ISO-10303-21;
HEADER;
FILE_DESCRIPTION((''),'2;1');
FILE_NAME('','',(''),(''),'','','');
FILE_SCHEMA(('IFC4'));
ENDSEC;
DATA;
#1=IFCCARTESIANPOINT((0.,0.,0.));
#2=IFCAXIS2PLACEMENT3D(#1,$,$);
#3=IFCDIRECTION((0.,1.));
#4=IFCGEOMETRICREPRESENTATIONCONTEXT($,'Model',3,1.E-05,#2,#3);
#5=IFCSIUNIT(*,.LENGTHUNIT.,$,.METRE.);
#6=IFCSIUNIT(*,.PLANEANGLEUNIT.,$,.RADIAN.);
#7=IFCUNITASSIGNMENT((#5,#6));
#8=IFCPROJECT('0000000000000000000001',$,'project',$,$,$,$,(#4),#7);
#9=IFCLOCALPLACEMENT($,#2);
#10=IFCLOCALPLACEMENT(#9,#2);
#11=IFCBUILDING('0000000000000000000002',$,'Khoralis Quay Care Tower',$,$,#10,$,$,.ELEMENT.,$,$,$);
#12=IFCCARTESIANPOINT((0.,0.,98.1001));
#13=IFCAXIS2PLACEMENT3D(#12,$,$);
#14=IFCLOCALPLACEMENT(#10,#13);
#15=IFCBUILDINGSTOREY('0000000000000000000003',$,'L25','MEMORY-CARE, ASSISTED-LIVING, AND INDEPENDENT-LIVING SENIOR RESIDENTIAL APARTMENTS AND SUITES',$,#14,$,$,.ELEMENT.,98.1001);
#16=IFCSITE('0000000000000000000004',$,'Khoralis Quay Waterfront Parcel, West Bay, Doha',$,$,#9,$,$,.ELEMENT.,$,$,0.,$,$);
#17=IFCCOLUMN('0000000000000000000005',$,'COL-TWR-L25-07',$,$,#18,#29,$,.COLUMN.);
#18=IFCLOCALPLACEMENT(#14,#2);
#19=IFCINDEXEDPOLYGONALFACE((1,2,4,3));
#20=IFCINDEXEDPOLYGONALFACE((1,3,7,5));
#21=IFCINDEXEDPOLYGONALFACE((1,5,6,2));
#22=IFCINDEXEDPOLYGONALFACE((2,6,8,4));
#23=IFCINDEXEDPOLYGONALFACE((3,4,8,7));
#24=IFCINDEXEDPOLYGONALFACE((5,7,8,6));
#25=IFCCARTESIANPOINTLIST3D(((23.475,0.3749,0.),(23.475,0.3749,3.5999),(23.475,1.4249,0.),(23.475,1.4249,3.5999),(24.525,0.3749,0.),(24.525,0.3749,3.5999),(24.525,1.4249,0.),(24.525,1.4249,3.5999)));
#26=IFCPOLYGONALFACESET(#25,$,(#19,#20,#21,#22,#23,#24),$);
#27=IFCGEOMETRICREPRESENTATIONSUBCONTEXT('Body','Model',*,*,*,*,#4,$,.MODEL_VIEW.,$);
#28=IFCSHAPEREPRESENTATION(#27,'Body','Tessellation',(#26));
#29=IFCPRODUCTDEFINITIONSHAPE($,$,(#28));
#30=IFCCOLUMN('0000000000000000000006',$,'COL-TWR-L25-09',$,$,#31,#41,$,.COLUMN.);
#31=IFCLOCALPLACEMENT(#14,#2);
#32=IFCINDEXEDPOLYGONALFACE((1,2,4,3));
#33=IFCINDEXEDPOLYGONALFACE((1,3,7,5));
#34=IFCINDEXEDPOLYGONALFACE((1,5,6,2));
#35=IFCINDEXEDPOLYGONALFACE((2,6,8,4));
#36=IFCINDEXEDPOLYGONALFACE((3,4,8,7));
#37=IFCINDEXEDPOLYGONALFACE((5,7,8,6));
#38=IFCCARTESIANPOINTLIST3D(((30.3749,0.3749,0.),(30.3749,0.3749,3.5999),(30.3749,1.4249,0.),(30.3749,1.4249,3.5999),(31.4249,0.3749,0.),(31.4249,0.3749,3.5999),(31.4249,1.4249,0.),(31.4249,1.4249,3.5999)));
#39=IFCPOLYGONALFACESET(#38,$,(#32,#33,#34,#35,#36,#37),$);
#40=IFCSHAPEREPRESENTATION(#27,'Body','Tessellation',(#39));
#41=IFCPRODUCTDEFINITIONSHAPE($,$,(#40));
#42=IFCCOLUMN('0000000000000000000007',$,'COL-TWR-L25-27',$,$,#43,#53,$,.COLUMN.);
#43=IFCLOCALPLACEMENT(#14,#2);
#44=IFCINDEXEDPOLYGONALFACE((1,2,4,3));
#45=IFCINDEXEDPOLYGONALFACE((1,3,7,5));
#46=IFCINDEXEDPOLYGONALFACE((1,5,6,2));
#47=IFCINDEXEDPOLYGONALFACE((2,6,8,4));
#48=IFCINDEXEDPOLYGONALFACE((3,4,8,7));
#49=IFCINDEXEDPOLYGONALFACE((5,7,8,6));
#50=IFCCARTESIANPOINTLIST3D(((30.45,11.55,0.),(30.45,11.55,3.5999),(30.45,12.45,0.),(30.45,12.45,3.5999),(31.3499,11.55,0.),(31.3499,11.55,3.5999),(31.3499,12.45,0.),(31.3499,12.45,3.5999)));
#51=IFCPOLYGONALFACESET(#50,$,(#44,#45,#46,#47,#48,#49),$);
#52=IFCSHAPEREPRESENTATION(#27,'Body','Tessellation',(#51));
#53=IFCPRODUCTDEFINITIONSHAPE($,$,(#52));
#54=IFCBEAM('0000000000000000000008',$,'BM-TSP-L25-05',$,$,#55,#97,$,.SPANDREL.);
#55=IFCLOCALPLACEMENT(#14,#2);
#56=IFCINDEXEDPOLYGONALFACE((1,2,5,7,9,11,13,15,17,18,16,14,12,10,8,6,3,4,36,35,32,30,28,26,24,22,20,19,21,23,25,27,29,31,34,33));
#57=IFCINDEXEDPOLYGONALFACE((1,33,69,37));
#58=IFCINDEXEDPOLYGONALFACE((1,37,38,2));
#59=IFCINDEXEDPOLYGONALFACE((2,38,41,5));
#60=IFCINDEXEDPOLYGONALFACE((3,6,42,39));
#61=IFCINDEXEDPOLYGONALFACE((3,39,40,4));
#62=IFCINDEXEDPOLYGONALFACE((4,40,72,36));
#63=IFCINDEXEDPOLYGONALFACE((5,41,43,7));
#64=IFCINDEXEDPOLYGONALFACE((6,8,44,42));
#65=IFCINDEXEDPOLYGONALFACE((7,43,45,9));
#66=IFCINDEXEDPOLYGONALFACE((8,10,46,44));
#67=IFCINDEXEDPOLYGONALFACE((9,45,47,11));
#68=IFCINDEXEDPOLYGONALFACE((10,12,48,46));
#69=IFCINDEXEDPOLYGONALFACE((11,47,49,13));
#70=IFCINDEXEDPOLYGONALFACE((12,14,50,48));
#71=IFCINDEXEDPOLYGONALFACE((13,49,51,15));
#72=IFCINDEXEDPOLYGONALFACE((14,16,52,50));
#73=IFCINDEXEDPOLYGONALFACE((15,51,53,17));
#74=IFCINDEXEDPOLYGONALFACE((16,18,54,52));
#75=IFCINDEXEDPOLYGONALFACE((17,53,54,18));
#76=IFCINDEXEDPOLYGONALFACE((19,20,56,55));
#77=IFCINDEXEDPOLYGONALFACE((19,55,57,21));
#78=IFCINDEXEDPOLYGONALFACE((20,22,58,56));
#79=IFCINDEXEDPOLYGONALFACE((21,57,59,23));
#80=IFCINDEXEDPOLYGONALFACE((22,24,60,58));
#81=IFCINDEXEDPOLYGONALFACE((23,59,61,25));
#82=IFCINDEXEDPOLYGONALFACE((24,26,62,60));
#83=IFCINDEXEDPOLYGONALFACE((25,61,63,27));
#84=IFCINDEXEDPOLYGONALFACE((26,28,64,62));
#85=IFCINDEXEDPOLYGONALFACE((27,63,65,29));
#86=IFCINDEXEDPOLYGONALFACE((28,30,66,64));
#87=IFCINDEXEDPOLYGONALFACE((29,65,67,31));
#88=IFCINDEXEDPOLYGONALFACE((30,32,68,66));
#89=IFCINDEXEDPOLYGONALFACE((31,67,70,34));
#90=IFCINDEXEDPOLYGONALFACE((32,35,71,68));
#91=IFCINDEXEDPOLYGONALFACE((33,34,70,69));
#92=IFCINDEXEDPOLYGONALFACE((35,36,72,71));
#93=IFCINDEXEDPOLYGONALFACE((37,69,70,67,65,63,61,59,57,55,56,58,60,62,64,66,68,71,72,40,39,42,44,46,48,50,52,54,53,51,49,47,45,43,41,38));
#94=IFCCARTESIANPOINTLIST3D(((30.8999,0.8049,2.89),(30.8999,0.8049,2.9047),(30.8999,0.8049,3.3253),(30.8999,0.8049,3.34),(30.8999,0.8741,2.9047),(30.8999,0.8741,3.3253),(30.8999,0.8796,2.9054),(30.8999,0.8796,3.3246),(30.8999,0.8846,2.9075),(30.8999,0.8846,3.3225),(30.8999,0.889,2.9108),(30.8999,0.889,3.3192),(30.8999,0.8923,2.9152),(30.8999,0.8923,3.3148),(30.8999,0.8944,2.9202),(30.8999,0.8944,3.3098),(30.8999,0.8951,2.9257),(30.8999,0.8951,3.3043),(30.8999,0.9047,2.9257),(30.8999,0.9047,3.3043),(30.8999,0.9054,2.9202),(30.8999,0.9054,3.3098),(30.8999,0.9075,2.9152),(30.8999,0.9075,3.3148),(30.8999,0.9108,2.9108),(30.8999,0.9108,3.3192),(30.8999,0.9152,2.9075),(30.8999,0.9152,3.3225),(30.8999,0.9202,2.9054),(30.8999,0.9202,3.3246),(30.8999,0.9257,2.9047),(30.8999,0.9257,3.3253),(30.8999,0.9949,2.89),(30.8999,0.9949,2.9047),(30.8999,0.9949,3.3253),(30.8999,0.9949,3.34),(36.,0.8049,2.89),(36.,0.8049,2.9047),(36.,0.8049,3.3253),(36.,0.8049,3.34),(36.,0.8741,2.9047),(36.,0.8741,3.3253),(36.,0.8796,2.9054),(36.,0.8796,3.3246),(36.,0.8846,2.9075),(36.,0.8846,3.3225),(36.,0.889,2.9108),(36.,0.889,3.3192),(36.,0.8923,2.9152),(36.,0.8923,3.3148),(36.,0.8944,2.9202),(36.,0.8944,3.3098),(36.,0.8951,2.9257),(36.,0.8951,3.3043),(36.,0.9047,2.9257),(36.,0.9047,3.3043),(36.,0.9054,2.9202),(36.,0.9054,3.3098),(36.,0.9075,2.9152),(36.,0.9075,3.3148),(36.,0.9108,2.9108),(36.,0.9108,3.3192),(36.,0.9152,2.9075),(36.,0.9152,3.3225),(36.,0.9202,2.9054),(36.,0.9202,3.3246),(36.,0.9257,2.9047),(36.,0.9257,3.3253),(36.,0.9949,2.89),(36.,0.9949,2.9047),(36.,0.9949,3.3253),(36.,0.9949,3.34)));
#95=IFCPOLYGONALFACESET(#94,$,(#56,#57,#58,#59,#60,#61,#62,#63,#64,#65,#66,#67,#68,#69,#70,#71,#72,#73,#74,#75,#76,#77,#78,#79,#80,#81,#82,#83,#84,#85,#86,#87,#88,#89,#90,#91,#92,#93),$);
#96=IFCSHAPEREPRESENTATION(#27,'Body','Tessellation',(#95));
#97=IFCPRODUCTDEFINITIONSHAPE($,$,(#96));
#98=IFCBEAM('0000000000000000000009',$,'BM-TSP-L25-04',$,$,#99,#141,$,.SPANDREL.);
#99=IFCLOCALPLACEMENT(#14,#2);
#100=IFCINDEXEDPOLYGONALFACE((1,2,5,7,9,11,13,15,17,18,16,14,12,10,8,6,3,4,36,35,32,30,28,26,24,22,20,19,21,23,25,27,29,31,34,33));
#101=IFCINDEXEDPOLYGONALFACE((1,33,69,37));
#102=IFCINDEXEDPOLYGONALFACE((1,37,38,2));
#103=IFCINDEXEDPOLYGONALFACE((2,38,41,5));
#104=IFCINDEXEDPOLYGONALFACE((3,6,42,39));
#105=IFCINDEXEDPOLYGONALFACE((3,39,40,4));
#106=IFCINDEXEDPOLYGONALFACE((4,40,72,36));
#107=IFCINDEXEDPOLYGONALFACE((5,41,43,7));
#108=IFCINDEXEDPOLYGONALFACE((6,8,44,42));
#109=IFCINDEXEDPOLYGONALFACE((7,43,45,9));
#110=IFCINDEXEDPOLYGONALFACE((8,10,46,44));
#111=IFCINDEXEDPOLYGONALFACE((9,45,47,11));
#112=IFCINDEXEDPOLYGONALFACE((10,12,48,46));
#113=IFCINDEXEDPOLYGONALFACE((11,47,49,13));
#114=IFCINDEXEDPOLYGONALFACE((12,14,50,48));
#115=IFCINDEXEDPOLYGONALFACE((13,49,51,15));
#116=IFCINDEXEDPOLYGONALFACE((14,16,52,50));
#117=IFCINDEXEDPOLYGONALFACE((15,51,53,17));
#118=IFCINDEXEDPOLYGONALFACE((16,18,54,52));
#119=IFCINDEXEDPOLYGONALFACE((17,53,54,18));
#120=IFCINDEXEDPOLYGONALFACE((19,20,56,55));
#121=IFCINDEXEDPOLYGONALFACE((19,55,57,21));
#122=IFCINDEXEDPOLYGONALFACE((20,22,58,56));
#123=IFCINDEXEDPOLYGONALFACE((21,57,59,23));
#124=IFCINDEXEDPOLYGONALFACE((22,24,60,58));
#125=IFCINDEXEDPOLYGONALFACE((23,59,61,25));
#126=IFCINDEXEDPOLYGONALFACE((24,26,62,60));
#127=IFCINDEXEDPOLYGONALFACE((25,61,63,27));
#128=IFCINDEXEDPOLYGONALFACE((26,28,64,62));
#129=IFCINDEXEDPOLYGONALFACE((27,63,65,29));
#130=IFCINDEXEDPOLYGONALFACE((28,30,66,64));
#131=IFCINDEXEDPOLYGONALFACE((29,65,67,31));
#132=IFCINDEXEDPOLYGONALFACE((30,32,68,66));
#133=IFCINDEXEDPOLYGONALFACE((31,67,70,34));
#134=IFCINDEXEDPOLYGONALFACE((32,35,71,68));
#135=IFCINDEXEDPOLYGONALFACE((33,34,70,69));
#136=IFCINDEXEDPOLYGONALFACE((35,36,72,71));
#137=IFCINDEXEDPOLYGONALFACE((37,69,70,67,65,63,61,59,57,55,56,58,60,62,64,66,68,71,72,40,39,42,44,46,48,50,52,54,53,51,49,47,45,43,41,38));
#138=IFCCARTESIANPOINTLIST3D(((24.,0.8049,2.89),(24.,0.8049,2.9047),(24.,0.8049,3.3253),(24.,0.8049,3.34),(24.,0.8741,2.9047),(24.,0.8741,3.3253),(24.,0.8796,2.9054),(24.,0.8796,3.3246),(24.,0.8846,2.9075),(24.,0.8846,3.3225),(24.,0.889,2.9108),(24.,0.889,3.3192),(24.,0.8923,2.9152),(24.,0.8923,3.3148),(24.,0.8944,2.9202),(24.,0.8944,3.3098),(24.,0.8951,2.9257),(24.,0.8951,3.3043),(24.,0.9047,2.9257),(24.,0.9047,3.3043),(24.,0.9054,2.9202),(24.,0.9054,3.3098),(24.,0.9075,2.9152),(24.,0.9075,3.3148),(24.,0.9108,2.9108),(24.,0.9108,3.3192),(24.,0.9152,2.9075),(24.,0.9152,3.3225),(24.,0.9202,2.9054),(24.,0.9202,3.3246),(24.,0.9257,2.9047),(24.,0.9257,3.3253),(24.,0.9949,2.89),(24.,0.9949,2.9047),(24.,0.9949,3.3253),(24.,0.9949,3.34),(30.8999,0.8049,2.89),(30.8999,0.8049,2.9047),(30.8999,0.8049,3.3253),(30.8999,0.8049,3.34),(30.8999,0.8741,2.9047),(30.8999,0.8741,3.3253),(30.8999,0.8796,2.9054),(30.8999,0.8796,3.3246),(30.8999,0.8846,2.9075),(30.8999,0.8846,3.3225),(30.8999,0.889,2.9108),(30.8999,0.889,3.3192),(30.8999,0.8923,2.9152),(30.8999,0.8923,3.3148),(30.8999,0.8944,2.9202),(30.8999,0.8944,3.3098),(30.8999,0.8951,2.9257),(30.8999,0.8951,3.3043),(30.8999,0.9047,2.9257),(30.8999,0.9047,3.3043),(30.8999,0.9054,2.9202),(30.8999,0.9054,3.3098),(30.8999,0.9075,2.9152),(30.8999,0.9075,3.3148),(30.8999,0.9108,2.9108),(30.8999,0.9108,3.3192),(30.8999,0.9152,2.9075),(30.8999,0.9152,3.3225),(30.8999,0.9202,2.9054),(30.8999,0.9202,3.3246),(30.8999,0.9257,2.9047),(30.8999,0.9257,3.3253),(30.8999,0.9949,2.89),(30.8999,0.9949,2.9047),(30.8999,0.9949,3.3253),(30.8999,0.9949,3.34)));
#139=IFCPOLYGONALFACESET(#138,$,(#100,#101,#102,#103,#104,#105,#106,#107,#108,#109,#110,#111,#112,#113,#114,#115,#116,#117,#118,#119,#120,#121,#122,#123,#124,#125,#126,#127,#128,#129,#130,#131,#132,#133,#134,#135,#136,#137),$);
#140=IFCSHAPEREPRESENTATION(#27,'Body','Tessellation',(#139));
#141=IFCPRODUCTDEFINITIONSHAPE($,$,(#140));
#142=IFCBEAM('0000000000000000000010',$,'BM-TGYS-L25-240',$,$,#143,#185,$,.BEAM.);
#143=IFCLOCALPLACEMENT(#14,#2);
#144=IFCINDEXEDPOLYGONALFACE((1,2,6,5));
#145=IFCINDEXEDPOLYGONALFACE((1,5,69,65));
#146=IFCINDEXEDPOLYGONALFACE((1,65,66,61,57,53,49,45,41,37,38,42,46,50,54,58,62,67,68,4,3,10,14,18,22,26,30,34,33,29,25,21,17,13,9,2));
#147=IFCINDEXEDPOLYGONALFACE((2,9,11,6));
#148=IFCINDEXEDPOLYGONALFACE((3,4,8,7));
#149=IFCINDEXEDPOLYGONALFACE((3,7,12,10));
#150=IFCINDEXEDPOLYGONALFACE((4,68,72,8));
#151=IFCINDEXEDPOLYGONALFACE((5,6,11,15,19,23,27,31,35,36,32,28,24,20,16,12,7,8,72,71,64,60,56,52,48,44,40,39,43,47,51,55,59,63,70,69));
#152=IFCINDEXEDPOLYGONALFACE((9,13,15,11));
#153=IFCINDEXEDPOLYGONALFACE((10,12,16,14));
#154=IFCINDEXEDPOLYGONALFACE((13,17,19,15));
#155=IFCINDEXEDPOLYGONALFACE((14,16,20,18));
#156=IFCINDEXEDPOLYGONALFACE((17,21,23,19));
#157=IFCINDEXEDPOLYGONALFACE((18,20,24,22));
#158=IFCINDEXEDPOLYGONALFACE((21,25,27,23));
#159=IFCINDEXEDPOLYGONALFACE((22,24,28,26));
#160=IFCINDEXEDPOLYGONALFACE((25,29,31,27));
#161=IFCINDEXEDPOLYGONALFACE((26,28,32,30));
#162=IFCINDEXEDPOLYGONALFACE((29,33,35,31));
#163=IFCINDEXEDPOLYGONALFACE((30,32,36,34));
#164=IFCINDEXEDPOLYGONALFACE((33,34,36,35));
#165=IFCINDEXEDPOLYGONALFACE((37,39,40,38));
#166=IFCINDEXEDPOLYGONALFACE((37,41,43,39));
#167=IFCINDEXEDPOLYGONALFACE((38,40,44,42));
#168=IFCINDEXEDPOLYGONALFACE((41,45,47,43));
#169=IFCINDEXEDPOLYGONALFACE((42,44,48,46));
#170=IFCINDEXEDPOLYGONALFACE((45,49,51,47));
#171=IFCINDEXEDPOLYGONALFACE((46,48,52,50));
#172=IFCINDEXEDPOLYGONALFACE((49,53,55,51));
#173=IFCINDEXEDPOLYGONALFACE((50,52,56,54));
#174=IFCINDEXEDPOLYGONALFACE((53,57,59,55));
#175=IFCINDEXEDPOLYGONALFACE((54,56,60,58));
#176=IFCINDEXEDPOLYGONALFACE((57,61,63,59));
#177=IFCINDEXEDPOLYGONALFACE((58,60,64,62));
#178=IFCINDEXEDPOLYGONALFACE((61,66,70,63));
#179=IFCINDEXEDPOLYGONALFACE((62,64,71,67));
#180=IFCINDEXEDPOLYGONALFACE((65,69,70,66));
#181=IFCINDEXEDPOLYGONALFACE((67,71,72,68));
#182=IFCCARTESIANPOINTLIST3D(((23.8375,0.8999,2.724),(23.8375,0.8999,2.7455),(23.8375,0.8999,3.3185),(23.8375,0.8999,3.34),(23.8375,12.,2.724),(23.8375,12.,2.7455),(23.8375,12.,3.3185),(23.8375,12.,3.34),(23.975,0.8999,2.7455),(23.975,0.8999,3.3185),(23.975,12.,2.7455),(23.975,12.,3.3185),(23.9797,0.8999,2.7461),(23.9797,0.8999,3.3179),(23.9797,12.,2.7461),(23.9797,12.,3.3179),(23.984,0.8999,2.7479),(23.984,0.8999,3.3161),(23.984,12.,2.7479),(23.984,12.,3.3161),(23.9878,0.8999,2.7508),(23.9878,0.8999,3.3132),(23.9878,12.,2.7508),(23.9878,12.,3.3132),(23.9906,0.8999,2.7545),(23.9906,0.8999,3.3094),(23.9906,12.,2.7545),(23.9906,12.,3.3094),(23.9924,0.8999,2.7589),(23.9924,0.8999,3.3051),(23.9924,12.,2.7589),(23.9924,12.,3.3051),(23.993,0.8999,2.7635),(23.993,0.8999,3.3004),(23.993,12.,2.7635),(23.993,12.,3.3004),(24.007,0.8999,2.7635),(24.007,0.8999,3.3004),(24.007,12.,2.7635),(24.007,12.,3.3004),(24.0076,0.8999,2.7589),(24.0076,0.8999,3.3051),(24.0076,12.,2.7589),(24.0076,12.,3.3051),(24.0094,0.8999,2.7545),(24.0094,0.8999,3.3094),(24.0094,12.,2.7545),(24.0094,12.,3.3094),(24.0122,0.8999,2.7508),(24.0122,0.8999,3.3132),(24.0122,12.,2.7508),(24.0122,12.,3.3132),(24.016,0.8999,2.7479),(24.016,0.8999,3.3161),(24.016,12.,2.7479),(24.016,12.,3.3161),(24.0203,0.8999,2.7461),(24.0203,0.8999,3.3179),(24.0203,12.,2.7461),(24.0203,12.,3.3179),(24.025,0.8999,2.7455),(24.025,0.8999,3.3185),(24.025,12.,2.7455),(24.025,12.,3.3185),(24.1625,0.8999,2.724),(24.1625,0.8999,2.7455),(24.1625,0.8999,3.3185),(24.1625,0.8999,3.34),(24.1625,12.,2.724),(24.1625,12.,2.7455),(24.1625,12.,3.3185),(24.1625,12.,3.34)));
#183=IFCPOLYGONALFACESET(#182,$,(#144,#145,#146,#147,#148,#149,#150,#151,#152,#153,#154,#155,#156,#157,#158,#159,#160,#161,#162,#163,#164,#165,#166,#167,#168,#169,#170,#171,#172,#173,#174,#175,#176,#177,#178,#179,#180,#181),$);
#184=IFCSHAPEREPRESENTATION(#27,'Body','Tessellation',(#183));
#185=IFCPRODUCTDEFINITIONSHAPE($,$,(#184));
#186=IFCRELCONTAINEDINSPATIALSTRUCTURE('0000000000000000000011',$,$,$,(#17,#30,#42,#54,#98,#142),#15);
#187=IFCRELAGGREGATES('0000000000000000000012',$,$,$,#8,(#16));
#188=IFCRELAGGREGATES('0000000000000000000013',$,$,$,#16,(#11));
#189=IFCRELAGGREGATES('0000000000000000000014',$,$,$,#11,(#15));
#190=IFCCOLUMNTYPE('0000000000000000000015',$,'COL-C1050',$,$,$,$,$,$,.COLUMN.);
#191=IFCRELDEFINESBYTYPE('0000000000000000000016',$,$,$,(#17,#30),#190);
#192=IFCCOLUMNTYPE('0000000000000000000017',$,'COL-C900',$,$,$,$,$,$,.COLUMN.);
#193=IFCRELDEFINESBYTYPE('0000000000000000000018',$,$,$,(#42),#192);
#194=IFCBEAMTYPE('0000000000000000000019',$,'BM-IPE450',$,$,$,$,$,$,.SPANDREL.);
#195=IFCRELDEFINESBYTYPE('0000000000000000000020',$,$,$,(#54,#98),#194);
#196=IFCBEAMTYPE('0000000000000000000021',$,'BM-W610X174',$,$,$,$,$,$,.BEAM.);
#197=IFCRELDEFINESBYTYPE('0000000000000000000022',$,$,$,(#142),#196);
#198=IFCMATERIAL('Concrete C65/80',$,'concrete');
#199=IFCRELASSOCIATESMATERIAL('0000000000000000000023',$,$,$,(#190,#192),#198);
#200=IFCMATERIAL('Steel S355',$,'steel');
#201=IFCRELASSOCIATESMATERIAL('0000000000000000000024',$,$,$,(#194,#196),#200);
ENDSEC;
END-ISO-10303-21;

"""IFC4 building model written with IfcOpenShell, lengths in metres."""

from ifc_helpers import new_model, si_unit, direction, frame, origin, origin_2d, place, context, subcontext, project, spatial, rectangle, i_section, extrude, source, transform, mapped, material, material_profile, profile_set, type_object, element, save


model = new_model("IFC4")

# Units and contexts
model_context = context("Model", 3, precision=1e-05, world=origin(), true_north=direction((0.0, 1.0)))
body_context = subcontext(model_context, "Body", "Model", "MODEL_VIEW")
ifc_project = project(units=[si_unit("LENGTHUNIT", "METRE"), si_unit("PLANEANGLEUNIT", "RADIAN")], contexts=[model_context])

# Site, building, storey
site_placement = place(None, origin())
site = spatial("IfcSite", under=ifc_project, at=site_placement, Name="Khoralis Quay Waterfront Parcel, West Bay, Doha", CompositionType="ELEMENT", RefElevation=0.0)
building_placement = place(site_placement, origin())
building = spatial("IfcBuilding", under=site, at=building_placement, Name="Khoralis Quay Care Tower", CompositionType="ELEMENT")
storey_placement = place(building_placement, frame((0.0, 0.0, 98.1001)))
storey = spatial("IfcBuildingStorey", under=building, at=storey_placement, Name="L25", Description="MEMORY-CARE, ASSISTED-LIVING, AND INDEPENDENT-LIVING SENIOR RESIDENTIAL APARTMENTS AND SUITES", CompositionType="ELEMENT", Elevation=98.1001)

# Columns
ifc_material_1 = material(Name="Concrete C65/80", Category="concrete")
ifc_material_profile_1 = material_profile(ifc_material_1, rectangle(XDim=1.05, YDim=1.05, at=origin_2d()), Name="Concrete C65/80")
ifc_profile_set_1 = profile_set([ifc_material_profile_1], Name="Concrete C65/80")
column_type_1 = type_object("IfcColumnType", Name="COL-C1050", PredefinedType="COLUMN", material=ifc_profile_set_1)
shared_shape_1 = source(origin(), body_context, "Body", "SweptSolid", [
    extrude(rectangle(XDim=1.05, YDim=1.05, at=origin_2d()), origin(), (0.0, 0.0, 1.0), 3.5999),
])
for number, where, z_axis, x_axis, name in (
    (1, (24.0, 0.8999, 0.0), (0.0, 0.0, 1.0), (1.0, 0.0, 0.0), "COL-TWR-L25-07"),
    (2, (30.8999, 0.8999, 0.0), (0.0, 0.0, 1.0), (1.0, 0.0, 0.0), "COL-TWR-L25-09"),
):
    element("IfcColumn", number, at=place(storey_placement, frame(where, z_axis=z_axis, x_axis=x_axis)), inside=storey, type_object=column_type_1, Name=name, PredefinedType="COLUMN", context=body_context, shape_type="MappedRepresentation", body=[
        mapped(shared_shape_1, transform((0.0, 0.0, 0.0), scale=1.0)),
    ])
ifc_material_profile_2 = material_profile(ifc_material_1, rectangle(XDim=0.8999, YDim=0.8999, at=origin_2d()), Name="Concrete C65/80")
ifc_profile_set_2 = profile_set([ifc_material_profile_2], Name="Concrete C65/80")
column_type_2 = type_object("IfcColumnType", Name="COL-C900", PredefinedType="COLUMN", material=ifc_profile_set_2)
shared_shape_2 = source(origin(), body_context, "Body", "SweptSolid", [
    extrude(rectangle(XDim=0.8999, YDim=0.8999, at=origin_2d()), origin(), (0.0, 0.0, 1.0), 3.5999),
])
column_placement = place(storey_placement, frame((30.8999, 12.0, 0.0), z_axis=(0.0, 0.0, 1.0), x_axis=(1.0, 0.0, 0.0)))
element("IfcColumn", 3, at=column_placement, inside=storey, type_object=column_type_2, Name="COL-TWR-L25-27", PredefinedType="COLUMN", context=body_context, shape_type="MappedRepresentation", body=[
    mapped(shared_shape_2, transform((0.0, 0.0, 0.0), scale=1.0)),
])

# Beams
ifc_material_2 = material(Name="Steel S355", Category="steel")
ifc_material_profile_3 = material_profile(ifc_material_2, i_section(OverallWidth=0.1899, OverallDepth=0.45, WebThickness=0.0095, FlangeThickness=0.0146, FilletRadius=0.021, at=origin_2d()), Name="Steel S355")
ifc_profile_set_3 = profile_set([ifc_material_profile_3], Name="Steel S355")
beam_type_1 = type_object("IfcBeamType", Name="BM-IPE450", PredefinedType="SPANDREL", material=ifc_profile_set_3)
shared_shape_3 = source(origin(), body_context, "Body", "SweptSolid", [
    extrude(i_section(OverallWidth=0.1899, OverallDepth=0.45, WebThickness=0.0095, FlangeThickness=0.0146, FilletRadius=0.021, at=origin_2d()), origin(), (0.0, 0.0, 1.0), 5.1001),
])
beam_1_placement = place(storey_placement, frame((30.8999, 0.8999, 3.115), z_axis=(1.0, 0.0, 0.0), x_axis=(0.0, 1.0, 0.0)))
element("IfcBeam", 4, at=beam_1_placement, inside=storey, type_object=beam_type_1, Name="BM-TSP-L25-05", PredefinedType="SPANDREL", context=body_context, shape_type="MappedRepresentation", body=[
    mapped(shared_shape_3, transform((0.0, 0.0, 0.0), scale=1.0)),
])
shared_shape_4 = source(origin(), body_context, "Body", "SweptSolid", [
    extrude(i_section(OverallWidth=0.1899, OverallDepth=0.45, WebThickness=0.0095, FlangeThickness=0.0146, FilletRadius=0.021, at=origin_2d()), origin(), (0.0, 0.0, 1.0), 6.8999),
])
beam_2_placement = place(storey_placement, frame((24.0, 0.8999, 3.115), z_axis=(1.0, 0.0, 0.0), x_axis=(0.0, 1.0, 0.0)))
element("IfcBeam", 5, at=beam_2_placement, inside=storey, type_object=beam_type_1, Name="BM-TSP-L25-04", PredefinedType="SPANDREL", context=body_context, shape_type="MappedRepresentation", body=[
    mapped(shared_shape_4, transform((0.0, 0.0, 0.0), scale=1.0)),
])
ifc_material_profile_4 = material_profile(ifc_material_2, i_section(OverallWidth=0.325, OverallDepth=0.616, WebThickness=0.0139, FlangeThickness=0.0215, FilletRadius=0.0181, at=origin_2d()), Name="Steel S355")
ifc_profile_set_4 = profile_set([ifc_material_profile_4], Name="Steel S355")
beam_type_2 = type_object("IfcBeamType", Name="BM-W610X174", PredefinedType="BEAM", material=ifc_profile_set_4)
shared_shape_5 = source(origin(), body_context, "Body", "SweptSolid", [
    extrude(i_section(OverallWidth=0.325, OverallDepth=0.616, WebThickness=0.0139, FlangeThickness=0.0215, FilletRadius=0.0181, at=origin_2d()), origin(), (0.0, 0.0, 1.0), 11.1001),
])
for number, where, z_axis, x_axis, name in (
    (6, (24.0, 0.8999, 3.032), (0.0, 1.0, 0.0), (-1.0, 0.0, 0.0), "BM-TGYS-L25-240"),
):
    element("IfcBeam", number, at=place(storey_placement, frame(where, z_axis=z_axis, x_axis=x_axis)), inside=storey, type_object=beam_type_2, Name=name, PredefinedType="BEAM", context=body_context, shape_type="MappedRepresentation", body=[
        mapped(shared_shape_5, transform((0.0, 0.0, 0.0), scale=1.0)),
    ])

save(model, "model.ifc")
